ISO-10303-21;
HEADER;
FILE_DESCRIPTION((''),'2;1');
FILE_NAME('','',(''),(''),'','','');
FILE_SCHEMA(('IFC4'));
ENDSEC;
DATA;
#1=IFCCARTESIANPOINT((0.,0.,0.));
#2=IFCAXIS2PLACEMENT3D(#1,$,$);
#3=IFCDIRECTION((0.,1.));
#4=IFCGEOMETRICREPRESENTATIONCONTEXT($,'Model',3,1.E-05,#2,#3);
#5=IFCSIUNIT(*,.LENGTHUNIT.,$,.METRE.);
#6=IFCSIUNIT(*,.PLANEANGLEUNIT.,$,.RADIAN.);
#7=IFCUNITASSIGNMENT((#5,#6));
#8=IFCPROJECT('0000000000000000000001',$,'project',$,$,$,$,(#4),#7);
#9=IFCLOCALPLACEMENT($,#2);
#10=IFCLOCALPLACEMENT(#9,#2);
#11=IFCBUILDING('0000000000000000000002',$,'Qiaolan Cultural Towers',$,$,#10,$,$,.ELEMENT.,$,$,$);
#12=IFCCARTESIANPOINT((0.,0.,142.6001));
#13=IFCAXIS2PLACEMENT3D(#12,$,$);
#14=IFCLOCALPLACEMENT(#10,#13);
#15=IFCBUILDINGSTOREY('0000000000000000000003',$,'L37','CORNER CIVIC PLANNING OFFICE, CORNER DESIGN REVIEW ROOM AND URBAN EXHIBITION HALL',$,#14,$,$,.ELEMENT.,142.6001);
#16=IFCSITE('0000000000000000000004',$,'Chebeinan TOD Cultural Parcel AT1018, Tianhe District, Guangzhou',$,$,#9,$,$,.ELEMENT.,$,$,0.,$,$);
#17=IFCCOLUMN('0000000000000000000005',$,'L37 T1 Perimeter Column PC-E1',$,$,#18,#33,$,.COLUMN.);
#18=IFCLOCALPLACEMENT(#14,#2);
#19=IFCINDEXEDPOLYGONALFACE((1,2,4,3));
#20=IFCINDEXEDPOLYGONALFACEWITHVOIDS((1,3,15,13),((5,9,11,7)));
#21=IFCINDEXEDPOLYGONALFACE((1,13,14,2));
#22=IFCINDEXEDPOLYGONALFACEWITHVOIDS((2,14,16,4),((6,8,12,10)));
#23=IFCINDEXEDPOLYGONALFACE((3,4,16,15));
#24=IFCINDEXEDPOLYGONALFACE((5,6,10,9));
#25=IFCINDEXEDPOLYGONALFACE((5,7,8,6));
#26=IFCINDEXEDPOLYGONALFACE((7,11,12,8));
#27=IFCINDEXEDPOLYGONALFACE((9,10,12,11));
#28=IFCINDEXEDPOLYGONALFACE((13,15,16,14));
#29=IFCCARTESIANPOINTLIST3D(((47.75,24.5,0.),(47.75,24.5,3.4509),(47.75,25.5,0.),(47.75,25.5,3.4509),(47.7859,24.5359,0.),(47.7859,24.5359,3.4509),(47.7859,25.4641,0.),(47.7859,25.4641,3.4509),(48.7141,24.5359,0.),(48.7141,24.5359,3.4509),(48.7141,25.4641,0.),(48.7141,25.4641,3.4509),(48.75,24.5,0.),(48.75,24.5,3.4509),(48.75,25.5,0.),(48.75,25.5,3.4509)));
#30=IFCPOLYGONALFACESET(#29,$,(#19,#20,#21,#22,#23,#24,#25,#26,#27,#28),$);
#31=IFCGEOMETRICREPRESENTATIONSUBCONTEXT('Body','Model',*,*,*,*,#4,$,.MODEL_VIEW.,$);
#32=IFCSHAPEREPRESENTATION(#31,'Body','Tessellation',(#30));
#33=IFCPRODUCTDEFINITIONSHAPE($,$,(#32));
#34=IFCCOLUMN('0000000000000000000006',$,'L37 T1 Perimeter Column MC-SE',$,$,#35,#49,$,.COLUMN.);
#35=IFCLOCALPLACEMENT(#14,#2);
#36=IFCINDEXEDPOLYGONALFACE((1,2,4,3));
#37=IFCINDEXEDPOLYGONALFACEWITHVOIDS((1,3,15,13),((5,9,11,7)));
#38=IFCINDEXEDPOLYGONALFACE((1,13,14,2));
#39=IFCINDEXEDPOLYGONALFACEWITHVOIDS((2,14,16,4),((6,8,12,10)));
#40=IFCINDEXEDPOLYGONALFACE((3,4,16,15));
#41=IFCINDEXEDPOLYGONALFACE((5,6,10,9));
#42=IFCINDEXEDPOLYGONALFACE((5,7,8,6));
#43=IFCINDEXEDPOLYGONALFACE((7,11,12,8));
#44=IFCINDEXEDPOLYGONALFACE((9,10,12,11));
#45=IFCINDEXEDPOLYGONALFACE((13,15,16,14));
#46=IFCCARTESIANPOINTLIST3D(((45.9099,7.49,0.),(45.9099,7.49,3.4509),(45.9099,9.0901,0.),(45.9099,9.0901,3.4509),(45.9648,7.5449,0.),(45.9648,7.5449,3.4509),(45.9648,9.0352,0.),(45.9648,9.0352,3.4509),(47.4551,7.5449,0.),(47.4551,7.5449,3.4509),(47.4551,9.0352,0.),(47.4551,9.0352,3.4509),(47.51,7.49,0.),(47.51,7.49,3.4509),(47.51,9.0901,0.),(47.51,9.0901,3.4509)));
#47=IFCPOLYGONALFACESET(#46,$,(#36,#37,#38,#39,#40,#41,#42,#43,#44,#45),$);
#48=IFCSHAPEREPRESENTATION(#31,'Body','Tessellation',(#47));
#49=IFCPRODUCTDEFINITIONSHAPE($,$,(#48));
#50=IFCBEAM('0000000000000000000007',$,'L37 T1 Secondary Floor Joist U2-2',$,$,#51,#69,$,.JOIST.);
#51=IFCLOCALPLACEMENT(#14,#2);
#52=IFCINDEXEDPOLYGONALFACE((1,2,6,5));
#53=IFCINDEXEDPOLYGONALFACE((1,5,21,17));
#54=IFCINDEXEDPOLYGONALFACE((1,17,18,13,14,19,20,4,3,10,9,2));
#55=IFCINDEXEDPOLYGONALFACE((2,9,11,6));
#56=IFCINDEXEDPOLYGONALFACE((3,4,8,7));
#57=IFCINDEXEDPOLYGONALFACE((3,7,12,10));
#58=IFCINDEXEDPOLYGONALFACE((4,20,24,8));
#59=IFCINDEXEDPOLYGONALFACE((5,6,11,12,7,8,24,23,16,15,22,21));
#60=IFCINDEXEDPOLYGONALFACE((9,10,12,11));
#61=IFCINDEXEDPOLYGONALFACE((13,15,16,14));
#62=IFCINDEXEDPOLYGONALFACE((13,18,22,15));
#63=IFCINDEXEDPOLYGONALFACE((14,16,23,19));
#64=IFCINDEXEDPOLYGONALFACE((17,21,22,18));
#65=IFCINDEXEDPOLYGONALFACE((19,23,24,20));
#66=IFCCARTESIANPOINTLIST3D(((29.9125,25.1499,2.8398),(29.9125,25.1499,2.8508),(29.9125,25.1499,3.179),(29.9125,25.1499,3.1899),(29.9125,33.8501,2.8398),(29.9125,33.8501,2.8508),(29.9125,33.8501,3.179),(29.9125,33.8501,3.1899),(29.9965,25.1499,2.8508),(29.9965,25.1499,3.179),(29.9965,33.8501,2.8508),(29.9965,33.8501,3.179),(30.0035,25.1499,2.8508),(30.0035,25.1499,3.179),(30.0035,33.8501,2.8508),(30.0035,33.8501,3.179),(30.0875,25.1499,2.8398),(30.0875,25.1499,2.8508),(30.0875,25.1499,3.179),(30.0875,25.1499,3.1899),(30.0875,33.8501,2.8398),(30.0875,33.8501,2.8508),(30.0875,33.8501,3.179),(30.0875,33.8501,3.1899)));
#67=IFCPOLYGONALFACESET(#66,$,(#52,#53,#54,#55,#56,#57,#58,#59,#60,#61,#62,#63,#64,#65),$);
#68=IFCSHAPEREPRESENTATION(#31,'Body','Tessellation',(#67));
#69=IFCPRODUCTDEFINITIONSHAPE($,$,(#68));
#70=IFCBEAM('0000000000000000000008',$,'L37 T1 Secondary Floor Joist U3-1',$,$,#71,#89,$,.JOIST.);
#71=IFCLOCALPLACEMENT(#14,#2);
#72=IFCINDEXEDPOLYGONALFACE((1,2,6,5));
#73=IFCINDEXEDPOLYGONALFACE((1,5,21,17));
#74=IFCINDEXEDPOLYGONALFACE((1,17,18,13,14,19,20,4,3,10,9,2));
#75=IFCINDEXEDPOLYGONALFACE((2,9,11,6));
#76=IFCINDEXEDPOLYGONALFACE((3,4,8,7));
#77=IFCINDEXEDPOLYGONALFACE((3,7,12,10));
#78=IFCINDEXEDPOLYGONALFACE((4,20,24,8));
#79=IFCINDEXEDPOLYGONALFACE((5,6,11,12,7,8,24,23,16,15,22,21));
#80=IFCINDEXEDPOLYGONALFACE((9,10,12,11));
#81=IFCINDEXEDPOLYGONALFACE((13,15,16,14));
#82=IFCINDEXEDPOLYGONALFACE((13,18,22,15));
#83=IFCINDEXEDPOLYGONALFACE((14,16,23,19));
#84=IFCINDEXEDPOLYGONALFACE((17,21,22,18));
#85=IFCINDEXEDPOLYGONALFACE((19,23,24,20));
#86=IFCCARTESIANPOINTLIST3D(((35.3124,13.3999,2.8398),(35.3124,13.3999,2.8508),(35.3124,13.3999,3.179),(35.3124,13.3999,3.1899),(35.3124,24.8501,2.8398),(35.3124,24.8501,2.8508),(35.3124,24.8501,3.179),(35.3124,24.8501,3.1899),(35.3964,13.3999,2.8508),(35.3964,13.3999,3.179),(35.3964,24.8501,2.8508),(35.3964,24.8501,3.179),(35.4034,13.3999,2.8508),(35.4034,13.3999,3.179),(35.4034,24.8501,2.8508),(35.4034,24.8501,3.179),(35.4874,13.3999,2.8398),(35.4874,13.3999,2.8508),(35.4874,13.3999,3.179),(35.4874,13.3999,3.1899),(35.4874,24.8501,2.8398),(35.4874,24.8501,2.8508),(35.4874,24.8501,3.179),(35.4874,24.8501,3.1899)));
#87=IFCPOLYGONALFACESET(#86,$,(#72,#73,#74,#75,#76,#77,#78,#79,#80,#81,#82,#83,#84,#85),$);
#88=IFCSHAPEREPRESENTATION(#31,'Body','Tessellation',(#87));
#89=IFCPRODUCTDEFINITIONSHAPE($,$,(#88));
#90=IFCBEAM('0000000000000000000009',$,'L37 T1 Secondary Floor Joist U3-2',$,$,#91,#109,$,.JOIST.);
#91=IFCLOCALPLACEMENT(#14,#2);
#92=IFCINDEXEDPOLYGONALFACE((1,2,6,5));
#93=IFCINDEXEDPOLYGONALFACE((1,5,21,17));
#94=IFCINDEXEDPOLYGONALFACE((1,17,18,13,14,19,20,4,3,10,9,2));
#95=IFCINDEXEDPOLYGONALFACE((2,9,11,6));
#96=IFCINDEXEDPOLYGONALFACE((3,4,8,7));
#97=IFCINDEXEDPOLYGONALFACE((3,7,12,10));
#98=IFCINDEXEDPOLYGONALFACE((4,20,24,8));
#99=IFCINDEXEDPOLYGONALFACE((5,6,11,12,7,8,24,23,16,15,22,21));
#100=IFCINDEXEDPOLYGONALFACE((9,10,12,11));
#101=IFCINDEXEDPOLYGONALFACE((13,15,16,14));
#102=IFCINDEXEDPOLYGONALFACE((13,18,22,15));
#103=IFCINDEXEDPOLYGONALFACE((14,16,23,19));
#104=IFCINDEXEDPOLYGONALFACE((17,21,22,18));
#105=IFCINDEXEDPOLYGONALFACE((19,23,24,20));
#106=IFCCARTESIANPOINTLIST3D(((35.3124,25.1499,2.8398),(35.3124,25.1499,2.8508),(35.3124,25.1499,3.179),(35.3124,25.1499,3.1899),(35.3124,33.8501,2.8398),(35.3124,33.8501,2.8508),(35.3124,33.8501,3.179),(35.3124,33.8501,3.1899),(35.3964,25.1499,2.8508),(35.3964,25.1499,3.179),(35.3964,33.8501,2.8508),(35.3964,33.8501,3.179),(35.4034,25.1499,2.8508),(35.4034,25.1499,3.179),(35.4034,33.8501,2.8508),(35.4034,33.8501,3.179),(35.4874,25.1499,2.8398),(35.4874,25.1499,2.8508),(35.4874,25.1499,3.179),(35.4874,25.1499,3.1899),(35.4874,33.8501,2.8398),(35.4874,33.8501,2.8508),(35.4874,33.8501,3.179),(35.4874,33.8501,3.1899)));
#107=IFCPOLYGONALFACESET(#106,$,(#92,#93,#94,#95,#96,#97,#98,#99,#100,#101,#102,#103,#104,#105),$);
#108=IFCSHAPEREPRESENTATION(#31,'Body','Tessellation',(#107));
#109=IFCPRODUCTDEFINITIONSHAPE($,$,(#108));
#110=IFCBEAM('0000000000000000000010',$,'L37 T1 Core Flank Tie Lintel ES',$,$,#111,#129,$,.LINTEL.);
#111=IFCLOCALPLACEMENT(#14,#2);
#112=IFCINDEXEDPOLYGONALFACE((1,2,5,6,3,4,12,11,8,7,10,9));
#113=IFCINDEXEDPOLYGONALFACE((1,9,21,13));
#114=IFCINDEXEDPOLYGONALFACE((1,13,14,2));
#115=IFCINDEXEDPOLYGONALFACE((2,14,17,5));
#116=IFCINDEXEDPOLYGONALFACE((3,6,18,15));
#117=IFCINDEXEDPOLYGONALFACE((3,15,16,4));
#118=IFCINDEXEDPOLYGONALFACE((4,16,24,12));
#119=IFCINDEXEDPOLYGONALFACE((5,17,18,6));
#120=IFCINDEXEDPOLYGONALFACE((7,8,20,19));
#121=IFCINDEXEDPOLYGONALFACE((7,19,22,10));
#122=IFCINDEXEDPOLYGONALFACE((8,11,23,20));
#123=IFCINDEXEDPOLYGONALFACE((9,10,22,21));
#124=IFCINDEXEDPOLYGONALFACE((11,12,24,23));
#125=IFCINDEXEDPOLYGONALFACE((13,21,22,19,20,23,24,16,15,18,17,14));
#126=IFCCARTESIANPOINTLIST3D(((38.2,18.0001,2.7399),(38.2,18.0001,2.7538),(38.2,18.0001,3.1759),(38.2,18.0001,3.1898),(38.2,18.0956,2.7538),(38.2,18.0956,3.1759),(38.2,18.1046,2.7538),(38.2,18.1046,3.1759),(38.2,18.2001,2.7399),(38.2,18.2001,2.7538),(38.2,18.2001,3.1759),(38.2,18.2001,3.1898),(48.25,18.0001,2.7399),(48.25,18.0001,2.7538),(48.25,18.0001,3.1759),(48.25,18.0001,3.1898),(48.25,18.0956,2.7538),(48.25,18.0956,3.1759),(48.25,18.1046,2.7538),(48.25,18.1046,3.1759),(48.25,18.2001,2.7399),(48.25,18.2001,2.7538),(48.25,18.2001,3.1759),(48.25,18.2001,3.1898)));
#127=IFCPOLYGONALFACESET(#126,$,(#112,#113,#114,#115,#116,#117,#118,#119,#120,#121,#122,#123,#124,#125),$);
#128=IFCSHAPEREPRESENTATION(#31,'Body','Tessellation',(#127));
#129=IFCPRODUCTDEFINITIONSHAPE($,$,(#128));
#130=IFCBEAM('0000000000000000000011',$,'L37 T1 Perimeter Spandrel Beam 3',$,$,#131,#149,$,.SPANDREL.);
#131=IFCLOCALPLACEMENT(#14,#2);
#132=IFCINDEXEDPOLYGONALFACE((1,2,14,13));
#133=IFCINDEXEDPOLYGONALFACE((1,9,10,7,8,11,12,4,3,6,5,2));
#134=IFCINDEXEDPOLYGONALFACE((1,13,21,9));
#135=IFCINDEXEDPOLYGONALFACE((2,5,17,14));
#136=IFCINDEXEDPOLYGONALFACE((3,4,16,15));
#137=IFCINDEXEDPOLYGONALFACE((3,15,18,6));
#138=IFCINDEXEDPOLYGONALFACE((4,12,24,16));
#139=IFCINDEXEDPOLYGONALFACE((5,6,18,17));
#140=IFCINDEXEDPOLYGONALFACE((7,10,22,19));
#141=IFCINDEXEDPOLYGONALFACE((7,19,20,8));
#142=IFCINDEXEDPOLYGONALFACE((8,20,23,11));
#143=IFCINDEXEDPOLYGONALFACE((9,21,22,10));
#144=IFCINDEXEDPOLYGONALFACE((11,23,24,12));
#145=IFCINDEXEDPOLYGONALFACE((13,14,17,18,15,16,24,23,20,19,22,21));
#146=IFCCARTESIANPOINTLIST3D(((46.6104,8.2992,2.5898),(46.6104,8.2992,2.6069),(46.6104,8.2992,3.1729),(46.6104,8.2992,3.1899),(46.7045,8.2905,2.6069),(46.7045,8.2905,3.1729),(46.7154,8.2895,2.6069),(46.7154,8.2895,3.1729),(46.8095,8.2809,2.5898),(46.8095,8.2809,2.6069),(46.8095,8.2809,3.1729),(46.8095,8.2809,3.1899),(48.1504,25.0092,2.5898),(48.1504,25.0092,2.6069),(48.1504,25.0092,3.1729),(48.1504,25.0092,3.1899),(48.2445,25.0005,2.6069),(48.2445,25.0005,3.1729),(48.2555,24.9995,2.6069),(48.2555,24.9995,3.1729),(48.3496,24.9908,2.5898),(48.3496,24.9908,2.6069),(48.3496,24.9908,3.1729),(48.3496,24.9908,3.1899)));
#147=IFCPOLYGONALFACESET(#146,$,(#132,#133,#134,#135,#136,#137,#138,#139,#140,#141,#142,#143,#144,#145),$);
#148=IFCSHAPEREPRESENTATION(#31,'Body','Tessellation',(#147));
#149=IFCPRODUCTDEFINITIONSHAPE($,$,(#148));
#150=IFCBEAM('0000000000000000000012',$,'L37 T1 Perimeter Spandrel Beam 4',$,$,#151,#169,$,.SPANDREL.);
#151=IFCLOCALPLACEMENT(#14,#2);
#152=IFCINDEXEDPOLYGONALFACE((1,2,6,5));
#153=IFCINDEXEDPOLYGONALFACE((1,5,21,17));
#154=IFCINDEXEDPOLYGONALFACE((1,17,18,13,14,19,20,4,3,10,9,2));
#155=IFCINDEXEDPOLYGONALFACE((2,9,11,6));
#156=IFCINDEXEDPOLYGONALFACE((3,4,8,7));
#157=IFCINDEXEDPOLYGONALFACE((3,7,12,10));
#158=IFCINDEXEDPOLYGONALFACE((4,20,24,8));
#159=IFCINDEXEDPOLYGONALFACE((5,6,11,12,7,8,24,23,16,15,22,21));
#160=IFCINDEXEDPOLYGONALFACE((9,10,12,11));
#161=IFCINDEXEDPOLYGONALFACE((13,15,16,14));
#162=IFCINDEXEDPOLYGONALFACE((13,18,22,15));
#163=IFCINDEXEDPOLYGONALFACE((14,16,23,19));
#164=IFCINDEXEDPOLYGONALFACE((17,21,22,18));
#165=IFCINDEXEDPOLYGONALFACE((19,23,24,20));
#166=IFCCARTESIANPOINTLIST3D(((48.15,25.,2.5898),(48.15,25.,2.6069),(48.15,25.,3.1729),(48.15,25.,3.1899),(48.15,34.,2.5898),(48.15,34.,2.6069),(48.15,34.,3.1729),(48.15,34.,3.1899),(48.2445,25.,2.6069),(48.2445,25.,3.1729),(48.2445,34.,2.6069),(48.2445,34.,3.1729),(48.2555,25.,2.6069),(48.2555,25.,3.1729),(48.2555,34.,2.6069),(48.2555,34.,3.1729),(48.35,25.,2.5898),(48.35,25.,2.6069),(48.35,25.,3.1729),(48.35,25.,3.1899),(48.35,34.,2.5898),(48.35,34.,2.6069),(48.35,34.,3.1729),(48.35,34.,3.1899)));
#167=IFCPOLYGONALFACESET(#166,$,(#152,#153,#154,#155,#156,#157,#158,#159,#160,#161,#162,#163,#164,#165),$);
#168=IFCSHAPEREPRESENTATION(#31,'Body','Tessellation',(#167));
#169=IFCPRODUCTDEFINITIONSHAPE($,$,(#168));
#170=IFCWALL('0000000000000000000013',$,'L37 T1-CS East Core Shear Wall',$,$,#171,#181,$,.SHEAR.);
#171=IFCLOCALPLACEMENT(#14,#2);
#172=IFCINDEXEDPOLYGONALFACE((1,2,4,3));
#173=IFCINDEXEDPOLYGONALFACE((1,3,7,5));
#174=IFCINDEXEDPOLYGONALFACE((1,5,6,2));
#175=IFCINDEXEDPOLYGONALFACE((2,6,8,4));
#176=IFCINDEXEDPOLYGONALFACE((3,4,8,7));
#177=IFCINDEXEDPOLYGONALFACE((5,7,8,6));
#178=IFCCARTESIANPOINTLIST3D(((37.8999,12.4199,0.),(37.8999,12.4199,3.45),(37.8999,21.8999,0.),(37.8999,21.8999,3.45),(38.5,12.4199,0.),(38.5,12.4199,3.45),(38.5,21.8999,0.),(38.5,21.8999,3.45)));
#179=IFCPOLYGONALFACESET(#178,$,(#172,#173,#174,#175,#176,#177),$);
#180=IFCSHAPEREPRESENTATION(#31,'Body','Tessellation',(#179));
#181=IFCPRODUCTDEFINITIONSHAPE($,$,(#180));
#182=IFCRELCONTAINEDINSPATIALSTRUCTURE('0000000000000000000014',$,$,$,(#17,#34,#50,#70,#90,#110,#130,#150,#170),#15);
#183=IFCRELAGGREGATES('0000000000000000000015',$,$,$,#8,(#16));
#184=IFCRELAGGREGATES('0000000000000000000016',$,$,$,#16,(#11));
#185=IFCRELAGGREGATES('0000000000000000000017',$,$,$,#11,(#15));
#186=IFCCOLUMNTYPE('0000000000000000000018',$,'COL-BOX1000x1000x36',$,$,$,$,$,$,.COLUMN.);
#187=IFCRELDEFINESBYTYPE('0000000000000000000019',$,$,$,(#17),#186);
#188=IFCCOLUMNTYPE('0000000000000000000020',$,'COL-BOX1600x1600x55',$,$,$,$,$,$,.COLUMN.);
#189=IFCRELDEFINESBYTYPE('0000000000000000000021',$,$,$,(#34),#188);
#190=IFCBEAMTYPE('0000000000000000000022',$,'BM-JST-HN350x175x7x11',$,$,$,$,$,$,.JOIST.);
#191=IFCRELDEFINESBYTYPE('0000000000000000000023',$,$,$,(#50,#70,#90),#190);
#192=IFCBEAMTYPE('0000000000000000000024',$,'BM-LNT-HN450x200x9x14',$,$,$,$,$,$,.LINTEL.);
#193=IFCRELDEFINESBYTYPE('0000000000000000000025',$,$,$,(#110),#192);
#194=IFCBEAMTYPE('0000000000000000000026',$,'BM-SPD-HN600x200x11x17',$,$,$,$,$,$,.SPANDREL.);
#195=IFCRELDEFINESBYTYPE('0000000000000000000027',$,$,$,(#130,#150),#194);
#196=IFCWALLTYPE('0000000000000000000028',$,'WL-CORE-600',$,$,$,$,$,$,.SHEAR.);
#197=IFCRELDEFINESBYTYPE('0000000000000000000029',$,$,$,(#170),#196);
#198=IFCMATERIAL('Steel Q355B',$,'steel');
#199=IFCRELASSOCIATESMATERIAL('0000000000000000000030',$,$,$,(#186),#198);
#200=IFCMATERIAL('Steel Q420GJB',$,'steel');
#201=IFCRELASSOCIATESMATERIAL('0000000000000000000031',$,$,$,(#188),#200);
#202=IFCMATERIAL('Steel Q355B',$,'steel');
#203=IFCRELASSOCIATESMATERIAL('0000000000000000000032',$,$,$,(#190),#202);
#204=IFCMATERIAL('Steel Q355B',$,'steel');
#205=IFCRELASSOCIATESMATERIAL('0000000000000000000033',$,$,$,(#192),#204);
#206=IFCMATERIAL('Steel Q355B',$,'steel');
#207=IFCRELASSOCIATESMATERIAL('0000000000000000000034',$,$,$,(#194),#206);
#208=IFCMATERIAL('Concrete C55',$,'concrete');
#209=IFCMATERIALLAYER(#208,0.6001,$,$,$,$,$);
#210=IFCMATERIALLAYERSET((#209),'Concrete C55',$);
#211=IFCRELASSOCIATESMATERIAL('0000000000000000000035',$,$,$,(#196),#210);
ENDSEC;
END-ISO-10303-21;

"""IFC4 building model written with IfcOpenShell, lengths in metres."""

from ifc_helpers import new_model, si_unit, direction, frame, frame_2d, origin, origin_2d, place, context, subcontext, project, spatial, rectangle, hollow_rectangle, i_section, extrude, material, layer, layer_set, material_profile, profile_set, type_object, element, save


model = new_model("IFC4")

# Units and contexts
model_context = context("Model", 3, precision=1e-05, world=origin(), true_north=direction((0.0, 1.0)))
body_context = subcontext(model_context, "Body", "Model", "MODEL_VIEW")
ifc_project = project(units=[si_unit("LENGTHUNIT", "METRE"), si_unit("PLANEANGLEUNIT", "RADIAN")], contexts=[model_context])

# Site, building, storey
site_placement = place(None, origin())
site = spatial("IfcSite", under=ifc_project, at=site_placement, Name="Chebeinan TOD Cultural Parcel AT1018, Tianhe District, Guangzhou", CompositionType="ELEMENT", RefElevation=0.0)
building_placement = place(site_placement, origin())
building = spatial("IfcBuilding", under=site, at=building_placement, Name="Qiaolan Cultural Towers", CompositionType="ELEMENT")
storey_placement = place(building_placement, frame((0.0, 0.0, 142.6001)))
storey = spatial("IfcBuildingStorey", under=building, at=storey_placement, Name="L37", Description="CORNER CIVIC PLANNING OFFICE, CORNER DESIGN REVIEW ROOM AND URBAN EXHIBITION HALL", CompositionType="ELEMENT", Elevation=142.6001)

# Columns
ifc_material_1 = material(Name="Steel Q355B", Category="steel")
ifc_material_profile_1 = material_profile(ifc_material_1, hollow_rectangle(XDim=1.0, YDim=1.0, WallThickness=0.0359, at=origin_2d()), Name="BOX1000x1000x36")
ifc_profile_set_1 = profile_set([ifc_material_profile_1], Name="Steel Q355B")
column_type_1 = type_object("IfcColumnType", Name="COL-BOX1000x1000x36", PredefinedType="COLUMN", material=ifc_profile_set_1)
column_1_placement = place(storey_placement, frame((48.25, 25.0, 0.0), z_axis=(0.0, 0.0, 1.0), x_axis=(1.0, 0.0, 0.0)))
element("IfcColumn", 1, at=column_1_placement, inside=storey, type_object=column_type_1, Name="L37 T1 Perimeter Column PC-E1", PredefinedType="COLUMN", context=body_context, shape_type="SweptSolid", body=[
    extrude(hollow_rectangle(XDim=1.0, YDim=1.0, WallThickness=0.0359, at=origin_2d()), origin(), (0.0, 0.0, 1.0), 3.4509),
])
ifc_material_2 = material(Name="Steel Q420GJB", Category="steel")
ifc_material_profile_2 = material_profile(ifc_material_2, hollow_rectangle(XDim=1.6001, YDim=1.6001, WallThickness=0.0549, at=origin_2d()), Name="BOX1600x1600x55")
ifc_profile_set_2 = profile_set([ifc_material_profile_2], Name="Steel Q420GJB")
column_type_2 = type_object("IfcColumnType", Name="COL-BOX1600x1600x55", PredefinedType="COLUMN", material=ifc_profile_set_2)
column_2_placement = place(storey_placement, frame((46.71, 8.29, 0.0), z_axis=(0.0, 0.0, 1.0), x_axis=(1.0, 0.0, 0.0)))
element("IfcColumn", 2, at=column_2_placement, inside=storey, type_object=column_type_2, Name="L37 T1 Perimeter Column MC-SE", PredefinedType="COLUMN", context=body_context, shape_type="SweptSolid", body=[
    extrude(hollow_rectangle(XDim=1.6001, YDim=1.6001, WallThickness=0.0549, at=origin_2d()), origin(), (0.0, 0.0, 1.0), 3.4509),
])

# Beams
ifc_material_3 = material(Name="Steel Q355B", Category="steel")
ifc_material_profile_3 = material_profile(ifc_material_3, i_section(OverallWidth=0.175, OverallDepth=0.3501, WebThickness=0.0071, FlangeThickness=0.011, at=origin_2d()), Name="HN350x175x7x11")
ifc_profile_set_3 = profile_set([ifc_material_profile_3], Name="Steel Q355B")
beam_type_1 = type_object("IfcBeamType", Name="BM-JST-HN350x175x7x11", PredefinedType="JOIST", material=ifc_profile_set_3)
beam_1_placement = place(storey_placement, frame((30.0, 25.1499, 3.0149), z_axis=(0.0, 1.0, 0.0), x_axis=(-1.0, 0.0, 0.0)))
element("IfcBeam", 3, at=beam_1_placement, inside=storey, type_object=beam_type_1, Name="L37 T1 Secondary Floor Joist U2-2", PredefinedType="JOIST", context=body_context, shape_type="SweptSolid", body=[
    extrude(i_section(OverallWidth=0.175, OverallDepth=0.3501, WebThickness=0.0071, FlangeThickness=0.011, at=origin_2d()), origin(), (0.0, 0.0, 1.0), 8.7002),
])
beam_2_placement = place(storey_placement, frame((35.3999, 13.3999, 3.0149), z_axis=(0.0, 1.0, 0.0), x_axis=(-1.0, 0.0, 0.0)))
element("IfcBeam", 4, at=beam_2_placement, inside=storey, type_object=beam_type_1, Name="L37 T1 Secondary Floor Joist U3-1", PredefinedType="JOIST", context=body_context, shape_type="SweptSolid", body=[
    extrude(i_section(OverallWidth=0.175, OverallDepth=0.3501, WebThickness=0.0071, FlangeThickness=0.011, at=origin_2d()), origin(), (0.0, 0.0, 1.0), 11.4502),
])
beam_3_placement = place(storey_placement, frame((35.3999, 25.1499, 3.0149), z_axis=(0.0, 1.0, 0.0), x_axis=(-1.0, 0.0, 0.0)))
element("IfcBeam", 5, at=beam_3_placement, inside=storey, type_object=beam_type_1, Name="L37 T1 Secondary Floor Joist U3-2", PredefinedType="JOIST", context=body_context, shape_type="SweptSolid", body=[
    extrude(i_section(OverallWidth=0.175, OverallDepth=0.3501, WebThickness=0.0071, FlangeThickness=0.011, at=origin_2d()), origin(), (0.0, 0.0, 1.0), 8.7002),
])
ifc_material_4 = material(Name="Steel Q355B", Category="steel")
ifc_material_profile_4 = material_profile(ifc_material_4, i_section(OverallWidth=0.2, OverallDepth=0.45, WebThickness=0.009, FlangeThickness=0.0139, at=origin_2d()), Name="HN450x200x9x14")
ifc_profile_set_4 = profile_set([ifc_material_profile_4], Name="Steel Q355B")
beam_type_2 = type_object("IfcBeamType", Name="BM-LNT-HN450x200x9x14", PredefinedType="LINTEL", material=ifc_profile_set_4)
beam_4_placement = place(storey_placement, frame((38.2, 18.1001, 2.9648), z_axis=(1.0, 0.0, 0.0), x_axis=(0.0, 1.0, 0.0)))
element("IfcBeam", 6, at=beam_4_placement, inside=storey, type_object=beam_type_2, Name="L37 T1 Core Flank Tie Lintel ES", PredefinedType="LINTEL", context=body_context, shape_type="SweptSolid", body=[
    extrude(i_section(OverallWidth=0.2, OverallDepth=0.45, WebThickness=0.009, FlangeThickness=0.0139, at=origin_2d()), origin(), (0.0, 0.0, 1.0), 10.05),
])
ifc_material_5 = material(Name="Steel Q355B", Category="steel")
ifc_material_profile_5 = material_profile(ifc_material_5, i_section(OverallWidth=0.2, OverallDepth=0.6001, WebThickness=0.011, FlangeThickness=0.0171, at=origin_2d()), Name="HN600x200x11x17")
ifc_profile_set_5 = profile_set([ifc_material_profile_5], Name="Steel Q355B")
beam_type_3 = type_object("IfcBeamType", Name="BM-SPD-HN600x200x11x17", PredefinedType="SPANDREL", material=ifc_profile_set_5)
beam_5_placement = place(storey_placement, frame((46.71, 8.29, 2.8899), z_axis=(0.091774, 0.99578, 0.0), x_axis=(-0.99578, 0.091774, 0.0)))
element("IfcBeam", 7, at=beam_5_placement, inside=storey, type_object=beam_type_3, Name="L37 T1 Perimeter Spandrel Beam 3", PredefinedType="SPANDREL", context=body_context, shape_type="SweptSolid", body=[
    extrude(i_section(OverallWidth=0.2, OverallDepth=0.6001, WebThickness=0.011, FlangeThickness=0.0171, at=origin_2d()), origin(), (0.0, 0.0, 1.0), 16.7808),
])
beam_6_placement = place(storey_placement, frame((48.25, 25.0, 2.8899), z_axis=(0.0, 1.0, 0.0), x_axis=(-1.0, 0.0, 0.0)))
element("IfcBeam", 8, at=beam_6_placement, inside=storey, type_object=beam_type_3, Name="L37 T1 Perimeter Spandrel Beam 4", PredefinedType="SPANDREL", context=body_context, shape_type="SweptSolid", body=[
    extrude(i_section(OverallWidth=0.2, OverallDepth=0.6001, WebThickness=0.011, FlangeThickness=0.0171, at=origin_2d()), origin(), (0.0, 0.0, 1.0), 9.0),
])

# Wall
ifc_material_6 = material(Name="Concrete C55", Category="concrete")
ifc_layer_1 = layer(ifc_material_6, 0.6001)
ifc_layer_set_1 = layer_set([ifc_layer_1], Name="Concrete C55")
wall_type_1 = type_object("IfcWallType", Name="WL-CORE-600", PredefinedType="SHEAR", material=ifc_layer_set_1)
wall_1_placement = place(storey_placement, frame((38.2, 21.8999, 0.0), z_axis=(0.0, 0.0, 1.0), x_axis=(0.0, -1.0, 0.0)))
element("IfcWall", 9, at=wall_1_placement, inside=storey, type_object=wall_type_1, Name="L37 T1-CS East Core Shear Wall", PredefinedType="SHEAR", context=body_context, shape_type="SweptSolid", body=[
    extrude(rectangle(XDim=9.48, YDim=0.6001, at=frame_2d((4.74, 0.0))), origin(), (0.0, 0.0, 1.0), 3.45),
])

save(model, "model.ifc")
